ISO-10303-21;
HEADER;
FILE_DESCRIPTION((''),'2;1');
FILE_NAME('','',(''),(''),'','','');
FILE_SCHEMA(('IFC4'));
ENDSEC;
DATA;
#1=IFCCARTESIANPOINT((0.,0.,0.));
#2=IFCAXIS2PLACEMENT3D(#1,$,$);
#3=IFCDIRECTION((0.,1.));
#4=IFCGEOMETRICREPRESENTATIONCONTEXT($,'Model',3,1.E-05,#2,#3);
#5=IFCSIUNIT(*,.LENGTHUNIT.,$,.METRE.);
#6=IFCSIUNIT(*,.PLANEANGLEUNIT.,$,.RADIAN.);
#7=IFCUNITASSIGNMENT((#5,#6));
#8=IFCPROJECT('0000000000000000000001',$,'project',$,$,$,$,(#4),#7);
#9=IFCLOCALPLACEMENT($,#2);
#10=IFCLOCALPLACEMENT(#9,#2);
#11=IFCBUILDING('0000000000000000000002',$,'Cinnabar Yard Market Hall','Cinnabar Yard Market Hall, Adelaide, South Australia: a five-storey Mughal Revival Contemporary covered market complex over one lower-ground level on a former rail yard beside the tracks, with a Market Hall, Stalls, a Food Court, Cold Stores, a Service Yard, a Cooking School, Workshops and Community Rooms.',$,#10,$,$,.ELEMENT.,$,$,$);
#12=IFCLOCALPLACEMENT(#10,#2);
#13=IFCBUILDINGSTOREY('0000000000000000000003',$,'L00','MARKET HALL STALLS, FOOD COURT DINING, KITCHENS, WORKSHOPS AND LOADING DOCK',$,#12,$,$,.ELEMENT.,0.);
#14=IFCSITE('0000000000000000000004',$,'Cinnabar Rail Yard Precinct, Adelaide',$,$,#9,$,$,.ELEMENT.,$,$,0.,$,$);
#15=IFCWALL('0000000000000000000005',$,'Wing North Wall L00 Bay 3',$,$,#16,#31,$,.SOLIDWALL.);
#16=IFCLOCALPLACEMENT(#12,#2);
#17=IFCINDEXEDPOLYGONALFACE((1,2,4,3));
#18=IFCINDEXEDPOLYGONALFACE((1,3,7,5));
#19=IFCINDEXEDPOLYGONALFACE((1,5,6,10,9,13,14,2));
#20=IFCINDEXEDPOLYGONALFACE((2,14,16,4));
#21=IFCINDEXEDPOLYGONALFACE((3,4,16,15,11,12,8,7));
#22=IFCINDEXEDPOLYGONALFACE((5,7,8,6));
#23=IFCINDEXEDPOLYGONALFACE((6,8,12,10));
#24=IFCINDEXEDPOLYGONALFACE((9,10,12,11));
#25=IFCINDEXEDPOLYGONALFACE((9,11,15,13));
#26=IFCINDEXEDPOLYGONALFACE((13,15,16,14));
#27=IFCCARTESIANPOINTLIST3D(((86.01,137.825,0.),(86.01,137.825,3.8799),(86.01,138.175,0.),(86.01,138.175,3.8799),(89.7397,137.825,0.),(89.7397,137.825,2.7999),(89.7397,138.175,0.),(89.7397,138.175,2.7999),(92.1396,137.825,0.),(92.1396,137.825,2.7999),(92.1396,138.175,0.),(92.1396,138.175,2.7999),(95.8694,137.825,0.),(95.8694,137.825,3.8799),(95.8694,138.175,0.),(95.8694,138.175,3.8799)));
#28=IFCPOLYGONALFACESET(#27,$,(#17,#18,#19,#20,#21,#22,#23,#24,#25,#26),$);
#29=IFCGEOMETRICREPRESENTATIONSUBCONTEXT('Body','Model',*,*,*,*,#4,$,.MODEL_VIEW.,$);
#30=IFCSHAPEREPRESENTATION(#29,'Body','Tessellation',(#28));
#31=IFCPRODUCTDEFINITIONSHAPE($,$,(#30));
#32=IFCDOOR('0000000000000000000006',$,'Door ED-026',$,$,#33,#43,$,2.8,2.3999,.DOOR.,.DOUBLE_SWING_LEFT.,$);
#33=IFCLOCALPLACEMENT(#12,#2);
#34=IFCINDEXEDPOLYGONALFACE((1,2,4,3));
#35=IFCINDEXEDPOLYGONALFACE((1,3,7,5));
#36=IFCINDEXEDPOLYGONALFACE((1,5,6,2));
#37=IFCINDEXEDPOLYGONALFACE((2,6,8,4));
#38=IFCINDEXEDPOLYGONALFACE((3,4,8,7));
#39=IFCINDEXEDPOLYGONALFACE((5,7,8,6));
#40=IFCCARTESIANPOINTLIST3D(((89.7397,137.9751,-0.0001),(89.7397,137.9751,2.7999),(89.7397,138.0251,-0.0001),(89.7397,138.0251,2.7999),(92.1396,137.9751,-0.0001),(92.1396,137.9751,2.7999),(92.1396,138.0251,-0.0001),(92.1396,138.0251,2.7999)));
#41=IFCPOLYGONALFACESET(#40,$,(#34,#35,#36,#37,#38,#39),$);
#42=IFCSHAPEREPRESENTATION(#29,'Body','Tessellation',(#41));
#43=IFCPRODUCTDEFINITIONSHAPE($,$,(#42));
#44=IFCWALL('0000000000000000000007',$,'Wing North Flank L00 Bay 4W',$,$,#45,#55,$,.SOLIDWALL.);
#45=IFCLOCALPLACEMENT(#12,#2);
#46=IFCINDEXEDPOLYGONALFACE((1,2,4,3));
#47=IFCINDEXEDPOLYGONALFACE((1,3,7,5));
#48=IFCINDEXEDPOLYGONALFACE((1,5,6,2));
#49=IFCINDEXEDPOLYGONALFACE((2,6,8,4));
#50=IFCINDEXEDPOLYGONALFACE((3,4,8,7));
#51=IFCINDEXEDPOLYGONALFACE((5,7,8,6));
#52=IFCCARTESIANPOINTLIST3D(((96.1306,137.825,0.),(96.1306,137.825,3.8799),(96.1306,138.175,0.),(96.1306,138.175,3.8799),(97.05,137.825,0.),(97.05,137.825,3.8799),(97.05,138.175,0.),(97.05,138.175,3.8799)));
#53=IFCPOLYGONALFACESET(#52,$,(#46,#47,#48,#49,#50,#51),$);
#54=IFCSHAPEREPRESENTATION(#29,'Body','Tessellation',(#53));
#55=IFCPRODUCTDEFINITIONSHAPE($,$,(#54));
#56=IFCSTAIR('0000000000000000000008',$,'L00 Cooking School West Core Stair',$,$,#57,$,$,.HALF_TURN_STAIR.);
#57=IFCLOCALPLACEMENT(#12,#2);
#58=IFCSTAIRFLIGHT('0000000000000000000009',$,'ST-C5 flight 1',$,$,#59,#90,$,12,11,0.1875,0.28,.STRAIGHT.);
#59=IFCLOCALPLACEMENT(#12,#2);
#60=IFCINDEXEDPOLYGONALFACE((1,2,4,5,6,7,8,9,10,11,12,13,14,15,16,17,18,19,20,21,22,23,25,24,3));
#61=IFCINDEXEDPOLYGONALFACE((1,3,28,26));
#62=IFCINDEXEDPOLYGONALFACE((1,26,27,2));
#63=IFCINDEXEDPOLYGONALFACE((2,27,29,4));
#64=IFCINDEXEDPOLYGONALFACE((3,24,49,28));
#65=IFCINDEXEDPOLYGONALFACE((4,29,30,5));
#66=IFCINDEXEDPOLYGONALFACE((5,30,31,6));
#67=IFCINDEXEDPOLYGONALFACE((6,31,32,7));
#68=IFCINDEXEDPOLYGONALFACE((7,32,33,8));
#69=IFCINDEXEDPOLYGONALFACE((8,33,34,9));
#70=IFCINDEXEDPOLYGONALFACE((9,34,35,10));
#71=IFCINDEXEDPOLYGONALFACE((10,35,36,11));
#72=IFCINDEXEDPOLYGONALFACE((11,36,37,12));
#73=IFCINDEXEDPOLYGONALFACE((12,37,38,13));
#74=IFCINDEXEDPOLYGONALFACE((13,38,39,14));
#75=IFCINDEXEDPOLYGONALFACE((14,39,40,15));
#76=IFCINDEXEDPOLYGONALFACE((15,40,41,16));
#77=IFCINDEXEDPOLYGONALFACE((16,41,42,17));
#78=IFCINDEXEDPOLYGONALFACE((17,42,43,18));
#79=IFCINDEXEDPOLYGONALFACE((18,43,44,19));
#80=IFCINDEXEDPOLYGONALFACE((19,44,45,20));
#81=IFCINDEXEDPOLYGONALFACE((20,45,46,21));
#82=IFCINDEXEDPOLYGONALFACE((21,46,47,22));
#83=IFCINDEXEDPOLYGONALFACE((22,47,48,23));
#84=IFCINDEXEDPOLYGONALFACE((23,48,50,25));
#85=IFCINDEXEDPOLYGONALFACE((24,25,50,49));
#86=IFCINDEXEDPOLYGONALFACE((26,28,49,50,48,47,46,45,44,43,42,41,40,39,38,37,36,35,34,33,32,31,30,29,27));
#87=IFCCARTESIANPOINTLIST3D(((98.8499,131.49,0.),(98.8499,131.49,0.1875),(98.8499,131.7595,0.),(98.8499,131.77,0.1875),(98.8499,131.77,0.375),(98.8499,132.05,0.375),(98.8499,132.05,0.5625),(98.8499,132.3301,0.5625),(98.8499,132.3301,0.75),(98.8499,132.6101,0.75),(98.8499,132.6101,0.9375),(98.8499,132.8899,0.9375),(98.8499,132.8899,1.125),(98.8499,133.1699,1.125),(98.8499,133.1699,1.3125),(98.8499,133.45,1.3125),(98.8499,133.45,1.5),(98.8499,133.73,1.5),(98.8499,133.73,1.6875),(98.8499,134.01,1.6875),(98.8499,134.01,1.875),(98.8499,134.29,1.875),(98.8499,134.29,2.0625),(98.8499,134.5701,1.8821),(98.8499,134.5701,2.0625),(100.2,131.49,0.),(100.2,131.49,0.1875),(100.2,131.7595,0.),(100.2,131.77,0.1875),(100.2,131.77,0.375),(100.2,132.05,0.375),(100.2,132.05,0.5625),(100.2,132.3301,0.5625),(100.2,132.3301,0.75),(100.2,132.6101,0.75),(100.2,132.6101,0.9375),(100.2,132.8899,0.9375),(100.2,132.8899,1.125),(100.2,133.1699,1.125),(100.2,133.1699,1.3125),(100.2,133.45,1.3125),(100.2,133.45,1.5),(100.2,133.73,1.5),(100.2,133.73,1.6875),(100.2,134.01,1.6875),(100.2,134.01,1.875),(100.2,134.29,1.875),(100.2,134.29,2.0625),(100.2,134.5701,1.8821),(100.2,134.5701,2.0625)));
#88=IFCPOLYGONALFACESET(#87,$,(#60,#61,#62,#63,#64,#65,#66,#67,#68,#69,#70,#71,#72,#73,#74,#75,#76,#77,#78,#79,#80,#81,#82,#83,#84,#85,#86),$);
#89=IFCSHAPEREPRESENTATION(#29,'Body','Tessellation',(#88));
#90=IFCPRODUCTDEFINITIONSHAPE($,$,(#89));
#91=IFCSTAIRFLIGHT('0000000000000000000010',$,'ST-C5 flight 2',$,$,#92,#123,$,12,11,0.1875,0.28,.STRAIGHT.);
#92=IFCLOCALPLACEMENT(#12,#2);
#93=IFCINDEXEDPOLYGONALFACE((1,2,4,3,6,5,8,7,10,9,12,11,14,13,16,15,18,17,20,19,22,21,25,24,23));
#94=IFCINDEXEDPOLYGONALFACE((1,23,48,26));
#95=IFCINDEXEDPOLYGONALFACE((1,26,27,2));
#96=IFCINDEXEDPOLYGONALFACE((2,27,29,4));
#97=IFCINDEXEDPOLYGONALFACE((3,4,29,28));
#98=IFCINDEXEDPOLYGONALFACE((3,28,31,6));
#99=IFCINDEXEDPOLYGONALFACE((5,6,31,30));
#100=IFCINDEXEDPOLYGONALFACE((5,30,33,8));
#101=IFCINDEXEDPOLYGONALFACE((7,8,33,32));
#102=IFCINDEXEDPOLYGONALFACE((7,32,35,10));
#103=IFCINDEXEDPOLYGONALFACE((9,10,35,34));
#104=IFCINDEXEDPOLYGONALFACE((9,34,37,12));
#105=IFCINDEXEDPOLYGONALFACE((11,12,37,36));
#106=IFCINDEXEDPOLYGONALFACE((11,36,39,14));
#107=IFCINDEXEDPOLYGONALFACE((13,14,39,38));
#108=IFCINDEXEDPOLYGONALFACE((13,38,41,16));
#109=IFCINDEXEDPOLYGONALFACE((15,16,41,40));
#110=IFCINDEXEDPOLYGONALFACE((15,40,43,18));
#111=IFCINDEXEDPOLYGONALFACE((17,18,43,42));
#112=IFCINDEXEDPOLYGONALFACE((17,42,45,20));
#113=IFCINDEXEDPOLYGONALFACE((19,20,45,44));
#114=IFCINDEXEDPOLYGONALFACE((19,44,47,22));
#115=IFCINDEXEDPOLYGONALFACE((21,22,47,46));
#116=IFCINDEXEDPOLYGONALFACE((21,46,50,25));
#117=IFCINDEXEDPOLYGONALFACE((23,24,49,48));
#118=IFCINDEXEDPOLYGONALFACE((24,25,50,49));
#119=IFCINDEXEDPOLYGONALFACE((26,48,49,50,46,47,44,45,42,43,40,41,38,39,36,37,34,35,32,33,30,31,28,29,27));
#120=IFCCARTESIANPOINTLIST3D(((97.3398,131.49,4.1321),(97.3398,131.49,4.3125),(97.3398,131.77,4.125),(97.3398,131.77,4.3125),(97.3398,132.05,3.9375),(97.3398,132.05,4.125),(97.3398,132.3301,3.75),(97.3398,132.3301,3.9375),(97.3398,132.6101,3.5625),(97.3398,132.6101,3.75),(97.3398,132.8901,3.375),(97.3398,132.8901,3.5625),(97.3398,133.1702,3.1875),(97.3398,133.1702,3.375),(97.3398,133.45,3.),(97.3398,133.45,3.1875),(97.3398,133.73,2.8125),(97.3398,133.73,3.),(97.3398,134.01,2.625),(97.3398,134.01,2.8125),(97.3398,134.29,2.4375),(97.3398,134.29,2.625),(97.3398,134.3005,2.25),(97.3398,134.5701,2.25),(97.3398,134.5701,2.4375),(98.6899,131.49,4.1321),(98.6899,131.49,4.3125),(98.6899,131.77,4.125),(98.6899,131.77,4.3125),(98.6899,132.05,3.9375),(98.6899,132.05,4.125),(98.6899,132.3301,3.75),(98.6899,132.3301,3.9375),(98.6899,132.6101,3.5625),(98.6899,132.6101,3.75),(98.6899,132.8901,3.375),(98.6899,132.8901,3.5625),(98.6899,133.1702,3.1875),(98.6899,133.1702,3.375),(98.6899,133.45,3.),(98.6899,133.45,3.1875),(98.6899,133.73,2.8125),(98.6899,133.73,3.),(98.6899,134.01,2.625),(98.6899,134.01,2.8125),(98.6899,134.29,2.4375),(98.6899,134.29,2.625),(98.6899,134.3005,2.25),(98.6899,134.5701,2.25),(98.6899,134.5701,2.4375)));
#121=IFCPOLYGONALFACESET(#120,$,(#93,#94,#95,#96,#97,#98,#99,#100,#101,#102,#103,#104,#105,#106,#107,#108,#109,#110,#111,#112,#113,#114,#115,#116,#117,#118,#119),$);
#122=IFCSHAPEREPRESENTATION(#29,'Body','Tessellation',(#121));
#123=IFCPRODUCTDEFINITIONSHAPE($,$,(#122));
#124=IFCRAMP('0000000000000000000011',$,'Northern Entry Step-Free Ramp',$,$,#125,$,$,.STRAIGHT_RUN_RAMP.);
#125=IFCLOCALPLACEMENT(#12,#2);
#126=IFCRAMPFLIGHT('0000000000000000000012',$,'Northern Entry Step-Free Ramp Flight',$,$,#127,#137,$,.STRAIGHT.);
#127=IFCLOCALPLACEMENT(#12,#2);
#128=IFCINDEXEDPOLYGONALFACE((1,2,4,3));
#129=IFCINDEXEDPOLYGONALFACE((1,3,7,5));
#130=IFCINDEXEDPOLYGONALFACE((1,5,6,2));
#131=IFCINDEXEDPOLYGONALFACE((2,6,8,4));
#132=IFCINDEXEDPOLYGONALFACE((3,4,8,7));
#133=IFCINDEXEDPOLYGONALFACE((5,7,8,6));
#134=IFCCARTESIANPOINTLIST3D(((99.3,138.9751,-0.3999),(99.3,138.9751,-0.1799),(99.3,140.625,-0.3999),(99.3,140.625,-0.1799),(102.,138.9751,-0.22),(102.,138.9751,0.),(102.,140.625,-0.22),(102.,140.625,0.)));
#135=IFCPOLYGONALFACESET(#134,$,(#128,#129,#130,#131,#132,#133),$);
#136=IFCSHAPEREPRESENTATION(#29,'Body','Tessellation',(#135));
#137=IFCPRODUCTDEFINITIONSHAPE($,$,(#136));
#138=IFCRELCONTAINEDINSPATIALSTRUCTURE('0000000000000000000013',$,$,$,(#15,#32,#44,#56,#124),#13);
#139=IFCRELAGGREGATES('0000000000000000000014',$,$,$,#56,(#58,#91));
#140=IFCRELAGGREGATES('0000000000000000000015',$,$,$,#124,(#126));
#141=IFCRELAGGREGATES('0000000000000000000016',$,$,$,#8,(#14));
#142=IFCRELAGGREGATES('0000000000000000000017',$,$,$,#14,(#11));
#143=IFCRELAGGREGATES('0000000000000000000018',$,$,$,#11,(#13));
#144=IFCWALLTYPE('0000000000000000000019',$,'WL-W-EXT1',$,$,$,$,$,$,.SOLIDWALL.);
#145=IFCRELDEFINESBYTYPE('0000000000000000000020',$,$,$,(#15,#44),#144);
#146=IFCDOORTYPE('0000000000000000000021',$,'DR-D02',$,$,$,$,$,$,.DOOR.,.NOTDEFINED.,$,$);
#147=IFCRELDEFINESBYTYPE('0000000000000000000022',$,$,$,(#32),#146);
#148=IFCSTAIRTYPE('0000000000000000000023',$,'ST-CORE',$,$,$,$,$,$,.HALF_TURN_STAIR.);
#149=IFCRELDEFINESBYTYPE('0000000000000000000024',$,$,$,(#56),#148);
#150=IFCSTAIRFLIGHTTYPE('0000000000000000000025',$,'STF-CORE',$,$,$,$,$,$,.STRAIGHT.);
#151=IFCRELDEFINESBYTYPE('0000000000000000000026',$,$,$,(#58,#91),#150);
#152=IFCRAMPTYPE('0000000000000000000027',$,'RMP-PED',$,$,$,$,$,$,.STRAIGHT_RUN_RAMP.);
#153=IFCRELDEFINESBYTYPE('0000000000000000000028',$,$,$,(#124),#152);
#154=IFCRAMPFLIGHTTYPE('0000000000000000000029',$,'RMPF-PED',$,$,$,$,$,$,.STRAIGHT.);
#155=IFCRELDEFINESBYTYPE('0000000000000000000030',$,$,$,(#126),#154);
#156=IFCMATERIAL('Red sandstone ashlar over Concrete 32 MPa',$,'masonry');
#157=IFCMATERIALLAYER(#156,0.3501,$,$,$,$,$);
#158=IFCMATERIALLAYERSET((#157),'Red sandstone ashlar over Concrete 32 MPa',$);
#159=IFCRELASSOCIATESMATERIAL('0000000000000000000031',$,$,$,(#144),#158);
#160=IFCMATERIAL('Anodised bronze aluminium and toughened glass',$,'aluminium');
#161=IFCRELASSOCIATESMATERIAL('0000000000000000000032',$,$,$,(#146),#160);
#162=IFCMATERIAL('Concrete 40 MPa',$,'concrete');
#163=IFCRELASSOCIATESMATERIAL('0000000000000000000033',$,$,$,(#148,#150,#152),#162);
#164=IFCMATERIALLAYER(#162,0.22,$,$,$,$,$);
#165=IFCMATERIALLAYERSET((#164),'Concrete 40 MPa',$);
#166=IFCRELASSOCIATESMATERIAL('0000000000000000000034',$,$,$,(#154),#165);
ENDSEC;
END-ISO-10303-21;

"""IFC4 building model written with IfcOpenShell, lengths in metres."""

from ifc_helpers import new_model, si_unit, direction, frame, frame_2d, origin, place, context, subcontext, project, spatial, polyline, rectangle, outline, extrude, material, layer, layer_set, type_object, element, fill, aggregate, save


model = new_model("IFC4")

# Units and contexts
model_context = context("Model", 3, precision=1e-05, world=origin(), true_north=direction((0.0, 1.0)))
body_context = subcontext(model_context, "Body", "Model", "MODEL_VIEW")
ifc_project = project(units=[si_unit("LENGTHUNIT", "METRE"), si_unit("PLANEANGLEUNIT", "RADIAN")], contexts=[model_context])

# Site, building, storey
site_placement = place(None, origin())
site = spatial("IfcSite", under=ifc_project, at=site_placement, Name="Cinnabar Rail Yard Precinct, Adelaide", CompositionType="ELEMENT", RefElevation=0.0)
building_placement = place(site_placement, origin())
building = spatial("IfcBuilding", under=site, at=building_placement, Name="Cinnabar Yard Market Hall", Description="Cinnabar Yard Market Hall, Adelaide, South Australia: a five-storey Mughal Revival Contemporary covered market complex over one lower-ground level on a former rail yard beside the tracks, with a Market Hall, Stalls, a Food Court, Cold Stores, a Service Yard, a Cooking School, Workshops and Community Rooms.", CompositionType="ELEMENT")
storey_placement = place(building_placement, origin())
storey = spatial("IfcBuildingStorey", under=building, at=storey_placement, Name="L00", Description="MARKET HALL STALLS, FOOD COURT DINING, KITCHENS, WORKSHOPS AND LOADING DOCK", CompositionType="ELEMENT", Elevation=0.0)

# Shared definitions
ifc_material_1 = material(Name="Concrete 40 MPa", Category="concrete")

# Wall, opening, door
ifc_material_2 = material(Name="Red sandstone ashlar over Concrete 32 MPa", Category="masonry")
ifc_layer_1 = layer(ifc_material_2, 0.3501)
ifc_layer_set_1 = layer_set([ifc_layer_1], Name="Red sandstone ashlar over Concrete 32 MPa")
wall_type_1 = type_object("IfcWallType", Name="WL-W-EXT1", PredefinedType="SOLIDWALL", material=ifc_layer_set_1)
wall_1_placement = place(storey_placement, frame((95.8694, 138.0, 0.0), z_axis=(0.0, 0.0, 1.0), x_axis=(-1.0, 0.0, 0.0)))
wall_1 = element("IfcWall", 1, at=wall_1_placement, inside=storey, type_object=wall_type_1, Name="Wing North Wall L00 Bay 3", PredefinedType="SOLIDWALL", context=body_context, shape_type="SweptSolid", body=[
    extrude(rectangle(XDim=9.8594, YDim=0.3501, at=frame_2d((4.9297, 0.0), x_axis=(1.0, 0.0))), origin(), (0.0, 0.0, 1.0), 3.8799),
])
opening_1_placement = place(wall_1_placement, frame((3.7297, 0.0, 0.0)))
opening_1 = element("IfcOpeningElement", 2, at=opening_1_placement, cuts=wall_1, PredefinedType="OPENING", context=body_context, shape_type="SweptSolid", body=[
    extrude(rectangle(XDim=2.3999, YDim=2.8, at=frame_2d((1.2, 1.3999), x_axis=(1.0, 0.0))), frame((0.0, 0.1851, 0.0), z_axis=(0.0, -1.0, 0.0), x_axis=(1.0, 0.0, 0.0)), (0.0, 0.0, 1.0), 0.3701),
])
ifc_material_3 = material(Name="Anodised bronze aluminium and toughened glass", Category="aluminium")
door_type_1 = type_object("IfcDoorType", Name="DR-D02", OperationType="NOTDEFINED", PredefinedType="DOOR", material=ifc_material_3)
door_1_placement = place(opening_1_placement, origin())
door_1 = element("IfcDoor", 3, at=door_1_placement, inside=storey, type_object=door_type_1, Name="Door ED-026", OperationType="DOUBLE_SWING_LEFT", OverallHeight=2.8, OverallWidth=2.3999, PredefinedType="DOOR", context=body_context, shape_type="SweptSolid", body=[
    extrude(rectangle(XDim=2.3999, YDim=2.8, at=frame_2d((1.2, 1.3999), x_axis=(1.0, 0.0))), frame((0.0, 0.0249, 0.0), z_axis=(0.0, -1.0, 0.0), x_axis=(1.0, 0.0, 0.0)), (0.0, 0.0, 1.0), 0.05),
])
fill(opening_1, door_1)

# Wall
wall_2_placement = place(storey_placement, frame((97.05, 138.0, 0.0), z_axis=(0.0, 0.0, 1.0), x_axis=(-1.0, 0.0, 0.0)))
element("IfcWall", 4, at=wall_2_placement, inside=storey, type_object=wall_type_1, Name="Wing North Flank L00 Bay 4W", PredefinedType="SOLIDWALL", context=body_context, shape_type="SweptSolid", body=[
    extrude(rectangle(XDim=0.9194, YDim=0.3501, at=frame_2d((0.4597, 0.0), x_axis=(1.0, 0.0))), origin(), (0.0, 0.0, 1.0), 3.8799),
])

# Stair, stair flights
stair_type = type_object("IfcStairType", Name="ST-CORE", PredefinedType="HALF_TURN_STAIR", material=ifc_material_1)
stair_placement = place(storey_placement, origin())
stair = element("IfcStair", 5, at=stair_placement, inside=storey, type_object=stair_type, Name="L00 Cooking School West Core Stair", PredefinedType="HALF_TURN_STAIR")
stair_flight_type = type_object("IfcStairFlightType", Name="STF-CORE", PredefinedType="STRAIGHT", material=ifc_material_1)
stair_flight_1_placement = place(storey_placement, frame((99.5249, 131.49, 0.0), z_axis=(0.0, 0.0, 1.0), x_axis=(0.0, 1.0, 0.0)))
stair_flight_1 = element("IfcStairFlight", 6, at=stair_flight_1_placement, type_object=stair_flight_type, Name="ST-C5 flight 1", NumberOfRisers=12, NumberOfTreads=11, PredefinedType="STRAIGHT", RiserHeight=0.1875, TreadLength=0.28, context=body_context, shape_type="SweptSolid", body=[
    extrude(outline(polyline([(0.0, 0.0), (0.0, 0.1875), (0.28, 0.1875), (0.28, 0.375), (0.5601, 0.375), (0.5601, 0.5625), (0.8401, 0.5625), (0.8401, 0.75), (1.1201, 0.75), (1.1201, 0.9375), (1.3999, 0.9375), (1.3999, 1.125), (1.6799, 1.125), (1.6799, 1.3125), (1.96, 1.3125), (1.96, 1.5), (2.24, 1.5), (2.24, 1.6875), (2.52, 1.6875), (2.52, 1.875), (2.8, 1.875), (2.8, 2.0625), (3.0801, 2.0625), (3.0801, 2.25), (3.0801, 1.8821), (0.2695, 0.0), (0.0, 0.0)])), frame((0.0, 0.675, 0.0), z_axis=(0.0, -1.0, 0.0), x_axis=(1.0, 0.0, 0.0)), (0.0, 0.0, 1.0), 1.3501),
])
stair_flight_2_placement = place(storey_placement, frame((98.0149, 134.5701, 2.25), z_axis=(0.0, 0.0, 1.0), x_axis=(0.0, -1.0, 0.0)))
stair_flight_2 = element("IfcStairFlight", 7, at=stair_flight_2_placement, type_object=stair_flight_type, Name="ST-C5 flight 2", NumberOfRisers=12, NumberOfTreads=11, PredefinedType="STRAIGHT", RiserHeight=0.1875, TreadLength=0.28, context=body_context, shape_type="SweptSolid", body=[
    extrude(outline(polyline([(0.0, 0.0), (0.0, 0.1875), (0.28, 0.1875), (0.28, 0.375), (0.5601, 0.375), (0.5601, 0.5625), (0.8401, 0.5625), (0.8401, 0.75), (1.1201, 0.75), (1.1201, 0.9375), (1.3999, 0.9375), (1.3999, 1.125), (1.6799, 1.125), (1.6799, 1.3125), (1.96, 1.3125), (1.96, 1.5), (2.24, 1.5), (2.24, 1.6875), (2.52, 1.6875), (2.52, 1.875), (2.8, 1.875), (2.8, 2.0625), (3.0801, 2.0625), (3.0801, 2.25), (3.0801, 1.8821), (0.2695, 0.0), (0.0, 0.0)])), frame((0.0, 0.675, 0.0), z_axis=(0.0, -1.0, 0.0), x_axis=(1.0, 0.0, 0.0)), (0.0, 0.0, 1.0), 1.3501),
])
aggregate(stair, [stair_flight_1, stair_flight_2])

# Ramp, ramp flight
ramp_type = type_object("IfcRampType", Name="RMP-PED", PredefinedType="STRAIGHT_RUN_RAMP", material=ifc_material_1)
ramp_placement = place(storey_placement, origin())
ramp = element("IfcRamp", 8, at=ramp_placement, inside=storey, type_object=ramp_type, Name="Northern Entry Step-Free Ramp", PredefinedType="STRAIGHT_RUN_RAMP")
ifc_layer_2 = layer(ifc_material_1, 0.22)
ifc_layer_set_2 = layer_set([ifc_layer_2], Name="Concrete 40 MPa")
ramp_flight_type = type_object("IfcRampFlightType", Name="RMPF-PED", PredefinedType="STRAIGHT", material=ifc_layer_set_2)
ramp_flight_placement = place(storey_placement, frame((99.3, 139.8, -0.1799), z_axis=(0.0, 0.0, 1.0), x_axis=(1.0, 0.0, 0.0)))
ramp_flight = element("IfcRampFlight", 9, at=ramp_flight_placement, type_object=ramp_flight_type, Name="Northern Entry Step-Free Ramp Flight", PredefinedType="STRAIGHT", context=body_context, shape_type="SweptSolid", body=[
    extrude(outline(polyline([(0.0, 0.0), (2.7, 0.1799), (2.7, -0.04), (0.0, -0.22), (0.0, 0.0)])), frame((0.0, 0.825, 0.0), z_axis=(0.0, -1.0, 0.0), x_axis=(1.0, 0.0, 0.0)), (0.0, 0.0, 1.0), 1.6499),
])
aggregate(ramp, [ramp_flight])

save(model, "model.ifc")
